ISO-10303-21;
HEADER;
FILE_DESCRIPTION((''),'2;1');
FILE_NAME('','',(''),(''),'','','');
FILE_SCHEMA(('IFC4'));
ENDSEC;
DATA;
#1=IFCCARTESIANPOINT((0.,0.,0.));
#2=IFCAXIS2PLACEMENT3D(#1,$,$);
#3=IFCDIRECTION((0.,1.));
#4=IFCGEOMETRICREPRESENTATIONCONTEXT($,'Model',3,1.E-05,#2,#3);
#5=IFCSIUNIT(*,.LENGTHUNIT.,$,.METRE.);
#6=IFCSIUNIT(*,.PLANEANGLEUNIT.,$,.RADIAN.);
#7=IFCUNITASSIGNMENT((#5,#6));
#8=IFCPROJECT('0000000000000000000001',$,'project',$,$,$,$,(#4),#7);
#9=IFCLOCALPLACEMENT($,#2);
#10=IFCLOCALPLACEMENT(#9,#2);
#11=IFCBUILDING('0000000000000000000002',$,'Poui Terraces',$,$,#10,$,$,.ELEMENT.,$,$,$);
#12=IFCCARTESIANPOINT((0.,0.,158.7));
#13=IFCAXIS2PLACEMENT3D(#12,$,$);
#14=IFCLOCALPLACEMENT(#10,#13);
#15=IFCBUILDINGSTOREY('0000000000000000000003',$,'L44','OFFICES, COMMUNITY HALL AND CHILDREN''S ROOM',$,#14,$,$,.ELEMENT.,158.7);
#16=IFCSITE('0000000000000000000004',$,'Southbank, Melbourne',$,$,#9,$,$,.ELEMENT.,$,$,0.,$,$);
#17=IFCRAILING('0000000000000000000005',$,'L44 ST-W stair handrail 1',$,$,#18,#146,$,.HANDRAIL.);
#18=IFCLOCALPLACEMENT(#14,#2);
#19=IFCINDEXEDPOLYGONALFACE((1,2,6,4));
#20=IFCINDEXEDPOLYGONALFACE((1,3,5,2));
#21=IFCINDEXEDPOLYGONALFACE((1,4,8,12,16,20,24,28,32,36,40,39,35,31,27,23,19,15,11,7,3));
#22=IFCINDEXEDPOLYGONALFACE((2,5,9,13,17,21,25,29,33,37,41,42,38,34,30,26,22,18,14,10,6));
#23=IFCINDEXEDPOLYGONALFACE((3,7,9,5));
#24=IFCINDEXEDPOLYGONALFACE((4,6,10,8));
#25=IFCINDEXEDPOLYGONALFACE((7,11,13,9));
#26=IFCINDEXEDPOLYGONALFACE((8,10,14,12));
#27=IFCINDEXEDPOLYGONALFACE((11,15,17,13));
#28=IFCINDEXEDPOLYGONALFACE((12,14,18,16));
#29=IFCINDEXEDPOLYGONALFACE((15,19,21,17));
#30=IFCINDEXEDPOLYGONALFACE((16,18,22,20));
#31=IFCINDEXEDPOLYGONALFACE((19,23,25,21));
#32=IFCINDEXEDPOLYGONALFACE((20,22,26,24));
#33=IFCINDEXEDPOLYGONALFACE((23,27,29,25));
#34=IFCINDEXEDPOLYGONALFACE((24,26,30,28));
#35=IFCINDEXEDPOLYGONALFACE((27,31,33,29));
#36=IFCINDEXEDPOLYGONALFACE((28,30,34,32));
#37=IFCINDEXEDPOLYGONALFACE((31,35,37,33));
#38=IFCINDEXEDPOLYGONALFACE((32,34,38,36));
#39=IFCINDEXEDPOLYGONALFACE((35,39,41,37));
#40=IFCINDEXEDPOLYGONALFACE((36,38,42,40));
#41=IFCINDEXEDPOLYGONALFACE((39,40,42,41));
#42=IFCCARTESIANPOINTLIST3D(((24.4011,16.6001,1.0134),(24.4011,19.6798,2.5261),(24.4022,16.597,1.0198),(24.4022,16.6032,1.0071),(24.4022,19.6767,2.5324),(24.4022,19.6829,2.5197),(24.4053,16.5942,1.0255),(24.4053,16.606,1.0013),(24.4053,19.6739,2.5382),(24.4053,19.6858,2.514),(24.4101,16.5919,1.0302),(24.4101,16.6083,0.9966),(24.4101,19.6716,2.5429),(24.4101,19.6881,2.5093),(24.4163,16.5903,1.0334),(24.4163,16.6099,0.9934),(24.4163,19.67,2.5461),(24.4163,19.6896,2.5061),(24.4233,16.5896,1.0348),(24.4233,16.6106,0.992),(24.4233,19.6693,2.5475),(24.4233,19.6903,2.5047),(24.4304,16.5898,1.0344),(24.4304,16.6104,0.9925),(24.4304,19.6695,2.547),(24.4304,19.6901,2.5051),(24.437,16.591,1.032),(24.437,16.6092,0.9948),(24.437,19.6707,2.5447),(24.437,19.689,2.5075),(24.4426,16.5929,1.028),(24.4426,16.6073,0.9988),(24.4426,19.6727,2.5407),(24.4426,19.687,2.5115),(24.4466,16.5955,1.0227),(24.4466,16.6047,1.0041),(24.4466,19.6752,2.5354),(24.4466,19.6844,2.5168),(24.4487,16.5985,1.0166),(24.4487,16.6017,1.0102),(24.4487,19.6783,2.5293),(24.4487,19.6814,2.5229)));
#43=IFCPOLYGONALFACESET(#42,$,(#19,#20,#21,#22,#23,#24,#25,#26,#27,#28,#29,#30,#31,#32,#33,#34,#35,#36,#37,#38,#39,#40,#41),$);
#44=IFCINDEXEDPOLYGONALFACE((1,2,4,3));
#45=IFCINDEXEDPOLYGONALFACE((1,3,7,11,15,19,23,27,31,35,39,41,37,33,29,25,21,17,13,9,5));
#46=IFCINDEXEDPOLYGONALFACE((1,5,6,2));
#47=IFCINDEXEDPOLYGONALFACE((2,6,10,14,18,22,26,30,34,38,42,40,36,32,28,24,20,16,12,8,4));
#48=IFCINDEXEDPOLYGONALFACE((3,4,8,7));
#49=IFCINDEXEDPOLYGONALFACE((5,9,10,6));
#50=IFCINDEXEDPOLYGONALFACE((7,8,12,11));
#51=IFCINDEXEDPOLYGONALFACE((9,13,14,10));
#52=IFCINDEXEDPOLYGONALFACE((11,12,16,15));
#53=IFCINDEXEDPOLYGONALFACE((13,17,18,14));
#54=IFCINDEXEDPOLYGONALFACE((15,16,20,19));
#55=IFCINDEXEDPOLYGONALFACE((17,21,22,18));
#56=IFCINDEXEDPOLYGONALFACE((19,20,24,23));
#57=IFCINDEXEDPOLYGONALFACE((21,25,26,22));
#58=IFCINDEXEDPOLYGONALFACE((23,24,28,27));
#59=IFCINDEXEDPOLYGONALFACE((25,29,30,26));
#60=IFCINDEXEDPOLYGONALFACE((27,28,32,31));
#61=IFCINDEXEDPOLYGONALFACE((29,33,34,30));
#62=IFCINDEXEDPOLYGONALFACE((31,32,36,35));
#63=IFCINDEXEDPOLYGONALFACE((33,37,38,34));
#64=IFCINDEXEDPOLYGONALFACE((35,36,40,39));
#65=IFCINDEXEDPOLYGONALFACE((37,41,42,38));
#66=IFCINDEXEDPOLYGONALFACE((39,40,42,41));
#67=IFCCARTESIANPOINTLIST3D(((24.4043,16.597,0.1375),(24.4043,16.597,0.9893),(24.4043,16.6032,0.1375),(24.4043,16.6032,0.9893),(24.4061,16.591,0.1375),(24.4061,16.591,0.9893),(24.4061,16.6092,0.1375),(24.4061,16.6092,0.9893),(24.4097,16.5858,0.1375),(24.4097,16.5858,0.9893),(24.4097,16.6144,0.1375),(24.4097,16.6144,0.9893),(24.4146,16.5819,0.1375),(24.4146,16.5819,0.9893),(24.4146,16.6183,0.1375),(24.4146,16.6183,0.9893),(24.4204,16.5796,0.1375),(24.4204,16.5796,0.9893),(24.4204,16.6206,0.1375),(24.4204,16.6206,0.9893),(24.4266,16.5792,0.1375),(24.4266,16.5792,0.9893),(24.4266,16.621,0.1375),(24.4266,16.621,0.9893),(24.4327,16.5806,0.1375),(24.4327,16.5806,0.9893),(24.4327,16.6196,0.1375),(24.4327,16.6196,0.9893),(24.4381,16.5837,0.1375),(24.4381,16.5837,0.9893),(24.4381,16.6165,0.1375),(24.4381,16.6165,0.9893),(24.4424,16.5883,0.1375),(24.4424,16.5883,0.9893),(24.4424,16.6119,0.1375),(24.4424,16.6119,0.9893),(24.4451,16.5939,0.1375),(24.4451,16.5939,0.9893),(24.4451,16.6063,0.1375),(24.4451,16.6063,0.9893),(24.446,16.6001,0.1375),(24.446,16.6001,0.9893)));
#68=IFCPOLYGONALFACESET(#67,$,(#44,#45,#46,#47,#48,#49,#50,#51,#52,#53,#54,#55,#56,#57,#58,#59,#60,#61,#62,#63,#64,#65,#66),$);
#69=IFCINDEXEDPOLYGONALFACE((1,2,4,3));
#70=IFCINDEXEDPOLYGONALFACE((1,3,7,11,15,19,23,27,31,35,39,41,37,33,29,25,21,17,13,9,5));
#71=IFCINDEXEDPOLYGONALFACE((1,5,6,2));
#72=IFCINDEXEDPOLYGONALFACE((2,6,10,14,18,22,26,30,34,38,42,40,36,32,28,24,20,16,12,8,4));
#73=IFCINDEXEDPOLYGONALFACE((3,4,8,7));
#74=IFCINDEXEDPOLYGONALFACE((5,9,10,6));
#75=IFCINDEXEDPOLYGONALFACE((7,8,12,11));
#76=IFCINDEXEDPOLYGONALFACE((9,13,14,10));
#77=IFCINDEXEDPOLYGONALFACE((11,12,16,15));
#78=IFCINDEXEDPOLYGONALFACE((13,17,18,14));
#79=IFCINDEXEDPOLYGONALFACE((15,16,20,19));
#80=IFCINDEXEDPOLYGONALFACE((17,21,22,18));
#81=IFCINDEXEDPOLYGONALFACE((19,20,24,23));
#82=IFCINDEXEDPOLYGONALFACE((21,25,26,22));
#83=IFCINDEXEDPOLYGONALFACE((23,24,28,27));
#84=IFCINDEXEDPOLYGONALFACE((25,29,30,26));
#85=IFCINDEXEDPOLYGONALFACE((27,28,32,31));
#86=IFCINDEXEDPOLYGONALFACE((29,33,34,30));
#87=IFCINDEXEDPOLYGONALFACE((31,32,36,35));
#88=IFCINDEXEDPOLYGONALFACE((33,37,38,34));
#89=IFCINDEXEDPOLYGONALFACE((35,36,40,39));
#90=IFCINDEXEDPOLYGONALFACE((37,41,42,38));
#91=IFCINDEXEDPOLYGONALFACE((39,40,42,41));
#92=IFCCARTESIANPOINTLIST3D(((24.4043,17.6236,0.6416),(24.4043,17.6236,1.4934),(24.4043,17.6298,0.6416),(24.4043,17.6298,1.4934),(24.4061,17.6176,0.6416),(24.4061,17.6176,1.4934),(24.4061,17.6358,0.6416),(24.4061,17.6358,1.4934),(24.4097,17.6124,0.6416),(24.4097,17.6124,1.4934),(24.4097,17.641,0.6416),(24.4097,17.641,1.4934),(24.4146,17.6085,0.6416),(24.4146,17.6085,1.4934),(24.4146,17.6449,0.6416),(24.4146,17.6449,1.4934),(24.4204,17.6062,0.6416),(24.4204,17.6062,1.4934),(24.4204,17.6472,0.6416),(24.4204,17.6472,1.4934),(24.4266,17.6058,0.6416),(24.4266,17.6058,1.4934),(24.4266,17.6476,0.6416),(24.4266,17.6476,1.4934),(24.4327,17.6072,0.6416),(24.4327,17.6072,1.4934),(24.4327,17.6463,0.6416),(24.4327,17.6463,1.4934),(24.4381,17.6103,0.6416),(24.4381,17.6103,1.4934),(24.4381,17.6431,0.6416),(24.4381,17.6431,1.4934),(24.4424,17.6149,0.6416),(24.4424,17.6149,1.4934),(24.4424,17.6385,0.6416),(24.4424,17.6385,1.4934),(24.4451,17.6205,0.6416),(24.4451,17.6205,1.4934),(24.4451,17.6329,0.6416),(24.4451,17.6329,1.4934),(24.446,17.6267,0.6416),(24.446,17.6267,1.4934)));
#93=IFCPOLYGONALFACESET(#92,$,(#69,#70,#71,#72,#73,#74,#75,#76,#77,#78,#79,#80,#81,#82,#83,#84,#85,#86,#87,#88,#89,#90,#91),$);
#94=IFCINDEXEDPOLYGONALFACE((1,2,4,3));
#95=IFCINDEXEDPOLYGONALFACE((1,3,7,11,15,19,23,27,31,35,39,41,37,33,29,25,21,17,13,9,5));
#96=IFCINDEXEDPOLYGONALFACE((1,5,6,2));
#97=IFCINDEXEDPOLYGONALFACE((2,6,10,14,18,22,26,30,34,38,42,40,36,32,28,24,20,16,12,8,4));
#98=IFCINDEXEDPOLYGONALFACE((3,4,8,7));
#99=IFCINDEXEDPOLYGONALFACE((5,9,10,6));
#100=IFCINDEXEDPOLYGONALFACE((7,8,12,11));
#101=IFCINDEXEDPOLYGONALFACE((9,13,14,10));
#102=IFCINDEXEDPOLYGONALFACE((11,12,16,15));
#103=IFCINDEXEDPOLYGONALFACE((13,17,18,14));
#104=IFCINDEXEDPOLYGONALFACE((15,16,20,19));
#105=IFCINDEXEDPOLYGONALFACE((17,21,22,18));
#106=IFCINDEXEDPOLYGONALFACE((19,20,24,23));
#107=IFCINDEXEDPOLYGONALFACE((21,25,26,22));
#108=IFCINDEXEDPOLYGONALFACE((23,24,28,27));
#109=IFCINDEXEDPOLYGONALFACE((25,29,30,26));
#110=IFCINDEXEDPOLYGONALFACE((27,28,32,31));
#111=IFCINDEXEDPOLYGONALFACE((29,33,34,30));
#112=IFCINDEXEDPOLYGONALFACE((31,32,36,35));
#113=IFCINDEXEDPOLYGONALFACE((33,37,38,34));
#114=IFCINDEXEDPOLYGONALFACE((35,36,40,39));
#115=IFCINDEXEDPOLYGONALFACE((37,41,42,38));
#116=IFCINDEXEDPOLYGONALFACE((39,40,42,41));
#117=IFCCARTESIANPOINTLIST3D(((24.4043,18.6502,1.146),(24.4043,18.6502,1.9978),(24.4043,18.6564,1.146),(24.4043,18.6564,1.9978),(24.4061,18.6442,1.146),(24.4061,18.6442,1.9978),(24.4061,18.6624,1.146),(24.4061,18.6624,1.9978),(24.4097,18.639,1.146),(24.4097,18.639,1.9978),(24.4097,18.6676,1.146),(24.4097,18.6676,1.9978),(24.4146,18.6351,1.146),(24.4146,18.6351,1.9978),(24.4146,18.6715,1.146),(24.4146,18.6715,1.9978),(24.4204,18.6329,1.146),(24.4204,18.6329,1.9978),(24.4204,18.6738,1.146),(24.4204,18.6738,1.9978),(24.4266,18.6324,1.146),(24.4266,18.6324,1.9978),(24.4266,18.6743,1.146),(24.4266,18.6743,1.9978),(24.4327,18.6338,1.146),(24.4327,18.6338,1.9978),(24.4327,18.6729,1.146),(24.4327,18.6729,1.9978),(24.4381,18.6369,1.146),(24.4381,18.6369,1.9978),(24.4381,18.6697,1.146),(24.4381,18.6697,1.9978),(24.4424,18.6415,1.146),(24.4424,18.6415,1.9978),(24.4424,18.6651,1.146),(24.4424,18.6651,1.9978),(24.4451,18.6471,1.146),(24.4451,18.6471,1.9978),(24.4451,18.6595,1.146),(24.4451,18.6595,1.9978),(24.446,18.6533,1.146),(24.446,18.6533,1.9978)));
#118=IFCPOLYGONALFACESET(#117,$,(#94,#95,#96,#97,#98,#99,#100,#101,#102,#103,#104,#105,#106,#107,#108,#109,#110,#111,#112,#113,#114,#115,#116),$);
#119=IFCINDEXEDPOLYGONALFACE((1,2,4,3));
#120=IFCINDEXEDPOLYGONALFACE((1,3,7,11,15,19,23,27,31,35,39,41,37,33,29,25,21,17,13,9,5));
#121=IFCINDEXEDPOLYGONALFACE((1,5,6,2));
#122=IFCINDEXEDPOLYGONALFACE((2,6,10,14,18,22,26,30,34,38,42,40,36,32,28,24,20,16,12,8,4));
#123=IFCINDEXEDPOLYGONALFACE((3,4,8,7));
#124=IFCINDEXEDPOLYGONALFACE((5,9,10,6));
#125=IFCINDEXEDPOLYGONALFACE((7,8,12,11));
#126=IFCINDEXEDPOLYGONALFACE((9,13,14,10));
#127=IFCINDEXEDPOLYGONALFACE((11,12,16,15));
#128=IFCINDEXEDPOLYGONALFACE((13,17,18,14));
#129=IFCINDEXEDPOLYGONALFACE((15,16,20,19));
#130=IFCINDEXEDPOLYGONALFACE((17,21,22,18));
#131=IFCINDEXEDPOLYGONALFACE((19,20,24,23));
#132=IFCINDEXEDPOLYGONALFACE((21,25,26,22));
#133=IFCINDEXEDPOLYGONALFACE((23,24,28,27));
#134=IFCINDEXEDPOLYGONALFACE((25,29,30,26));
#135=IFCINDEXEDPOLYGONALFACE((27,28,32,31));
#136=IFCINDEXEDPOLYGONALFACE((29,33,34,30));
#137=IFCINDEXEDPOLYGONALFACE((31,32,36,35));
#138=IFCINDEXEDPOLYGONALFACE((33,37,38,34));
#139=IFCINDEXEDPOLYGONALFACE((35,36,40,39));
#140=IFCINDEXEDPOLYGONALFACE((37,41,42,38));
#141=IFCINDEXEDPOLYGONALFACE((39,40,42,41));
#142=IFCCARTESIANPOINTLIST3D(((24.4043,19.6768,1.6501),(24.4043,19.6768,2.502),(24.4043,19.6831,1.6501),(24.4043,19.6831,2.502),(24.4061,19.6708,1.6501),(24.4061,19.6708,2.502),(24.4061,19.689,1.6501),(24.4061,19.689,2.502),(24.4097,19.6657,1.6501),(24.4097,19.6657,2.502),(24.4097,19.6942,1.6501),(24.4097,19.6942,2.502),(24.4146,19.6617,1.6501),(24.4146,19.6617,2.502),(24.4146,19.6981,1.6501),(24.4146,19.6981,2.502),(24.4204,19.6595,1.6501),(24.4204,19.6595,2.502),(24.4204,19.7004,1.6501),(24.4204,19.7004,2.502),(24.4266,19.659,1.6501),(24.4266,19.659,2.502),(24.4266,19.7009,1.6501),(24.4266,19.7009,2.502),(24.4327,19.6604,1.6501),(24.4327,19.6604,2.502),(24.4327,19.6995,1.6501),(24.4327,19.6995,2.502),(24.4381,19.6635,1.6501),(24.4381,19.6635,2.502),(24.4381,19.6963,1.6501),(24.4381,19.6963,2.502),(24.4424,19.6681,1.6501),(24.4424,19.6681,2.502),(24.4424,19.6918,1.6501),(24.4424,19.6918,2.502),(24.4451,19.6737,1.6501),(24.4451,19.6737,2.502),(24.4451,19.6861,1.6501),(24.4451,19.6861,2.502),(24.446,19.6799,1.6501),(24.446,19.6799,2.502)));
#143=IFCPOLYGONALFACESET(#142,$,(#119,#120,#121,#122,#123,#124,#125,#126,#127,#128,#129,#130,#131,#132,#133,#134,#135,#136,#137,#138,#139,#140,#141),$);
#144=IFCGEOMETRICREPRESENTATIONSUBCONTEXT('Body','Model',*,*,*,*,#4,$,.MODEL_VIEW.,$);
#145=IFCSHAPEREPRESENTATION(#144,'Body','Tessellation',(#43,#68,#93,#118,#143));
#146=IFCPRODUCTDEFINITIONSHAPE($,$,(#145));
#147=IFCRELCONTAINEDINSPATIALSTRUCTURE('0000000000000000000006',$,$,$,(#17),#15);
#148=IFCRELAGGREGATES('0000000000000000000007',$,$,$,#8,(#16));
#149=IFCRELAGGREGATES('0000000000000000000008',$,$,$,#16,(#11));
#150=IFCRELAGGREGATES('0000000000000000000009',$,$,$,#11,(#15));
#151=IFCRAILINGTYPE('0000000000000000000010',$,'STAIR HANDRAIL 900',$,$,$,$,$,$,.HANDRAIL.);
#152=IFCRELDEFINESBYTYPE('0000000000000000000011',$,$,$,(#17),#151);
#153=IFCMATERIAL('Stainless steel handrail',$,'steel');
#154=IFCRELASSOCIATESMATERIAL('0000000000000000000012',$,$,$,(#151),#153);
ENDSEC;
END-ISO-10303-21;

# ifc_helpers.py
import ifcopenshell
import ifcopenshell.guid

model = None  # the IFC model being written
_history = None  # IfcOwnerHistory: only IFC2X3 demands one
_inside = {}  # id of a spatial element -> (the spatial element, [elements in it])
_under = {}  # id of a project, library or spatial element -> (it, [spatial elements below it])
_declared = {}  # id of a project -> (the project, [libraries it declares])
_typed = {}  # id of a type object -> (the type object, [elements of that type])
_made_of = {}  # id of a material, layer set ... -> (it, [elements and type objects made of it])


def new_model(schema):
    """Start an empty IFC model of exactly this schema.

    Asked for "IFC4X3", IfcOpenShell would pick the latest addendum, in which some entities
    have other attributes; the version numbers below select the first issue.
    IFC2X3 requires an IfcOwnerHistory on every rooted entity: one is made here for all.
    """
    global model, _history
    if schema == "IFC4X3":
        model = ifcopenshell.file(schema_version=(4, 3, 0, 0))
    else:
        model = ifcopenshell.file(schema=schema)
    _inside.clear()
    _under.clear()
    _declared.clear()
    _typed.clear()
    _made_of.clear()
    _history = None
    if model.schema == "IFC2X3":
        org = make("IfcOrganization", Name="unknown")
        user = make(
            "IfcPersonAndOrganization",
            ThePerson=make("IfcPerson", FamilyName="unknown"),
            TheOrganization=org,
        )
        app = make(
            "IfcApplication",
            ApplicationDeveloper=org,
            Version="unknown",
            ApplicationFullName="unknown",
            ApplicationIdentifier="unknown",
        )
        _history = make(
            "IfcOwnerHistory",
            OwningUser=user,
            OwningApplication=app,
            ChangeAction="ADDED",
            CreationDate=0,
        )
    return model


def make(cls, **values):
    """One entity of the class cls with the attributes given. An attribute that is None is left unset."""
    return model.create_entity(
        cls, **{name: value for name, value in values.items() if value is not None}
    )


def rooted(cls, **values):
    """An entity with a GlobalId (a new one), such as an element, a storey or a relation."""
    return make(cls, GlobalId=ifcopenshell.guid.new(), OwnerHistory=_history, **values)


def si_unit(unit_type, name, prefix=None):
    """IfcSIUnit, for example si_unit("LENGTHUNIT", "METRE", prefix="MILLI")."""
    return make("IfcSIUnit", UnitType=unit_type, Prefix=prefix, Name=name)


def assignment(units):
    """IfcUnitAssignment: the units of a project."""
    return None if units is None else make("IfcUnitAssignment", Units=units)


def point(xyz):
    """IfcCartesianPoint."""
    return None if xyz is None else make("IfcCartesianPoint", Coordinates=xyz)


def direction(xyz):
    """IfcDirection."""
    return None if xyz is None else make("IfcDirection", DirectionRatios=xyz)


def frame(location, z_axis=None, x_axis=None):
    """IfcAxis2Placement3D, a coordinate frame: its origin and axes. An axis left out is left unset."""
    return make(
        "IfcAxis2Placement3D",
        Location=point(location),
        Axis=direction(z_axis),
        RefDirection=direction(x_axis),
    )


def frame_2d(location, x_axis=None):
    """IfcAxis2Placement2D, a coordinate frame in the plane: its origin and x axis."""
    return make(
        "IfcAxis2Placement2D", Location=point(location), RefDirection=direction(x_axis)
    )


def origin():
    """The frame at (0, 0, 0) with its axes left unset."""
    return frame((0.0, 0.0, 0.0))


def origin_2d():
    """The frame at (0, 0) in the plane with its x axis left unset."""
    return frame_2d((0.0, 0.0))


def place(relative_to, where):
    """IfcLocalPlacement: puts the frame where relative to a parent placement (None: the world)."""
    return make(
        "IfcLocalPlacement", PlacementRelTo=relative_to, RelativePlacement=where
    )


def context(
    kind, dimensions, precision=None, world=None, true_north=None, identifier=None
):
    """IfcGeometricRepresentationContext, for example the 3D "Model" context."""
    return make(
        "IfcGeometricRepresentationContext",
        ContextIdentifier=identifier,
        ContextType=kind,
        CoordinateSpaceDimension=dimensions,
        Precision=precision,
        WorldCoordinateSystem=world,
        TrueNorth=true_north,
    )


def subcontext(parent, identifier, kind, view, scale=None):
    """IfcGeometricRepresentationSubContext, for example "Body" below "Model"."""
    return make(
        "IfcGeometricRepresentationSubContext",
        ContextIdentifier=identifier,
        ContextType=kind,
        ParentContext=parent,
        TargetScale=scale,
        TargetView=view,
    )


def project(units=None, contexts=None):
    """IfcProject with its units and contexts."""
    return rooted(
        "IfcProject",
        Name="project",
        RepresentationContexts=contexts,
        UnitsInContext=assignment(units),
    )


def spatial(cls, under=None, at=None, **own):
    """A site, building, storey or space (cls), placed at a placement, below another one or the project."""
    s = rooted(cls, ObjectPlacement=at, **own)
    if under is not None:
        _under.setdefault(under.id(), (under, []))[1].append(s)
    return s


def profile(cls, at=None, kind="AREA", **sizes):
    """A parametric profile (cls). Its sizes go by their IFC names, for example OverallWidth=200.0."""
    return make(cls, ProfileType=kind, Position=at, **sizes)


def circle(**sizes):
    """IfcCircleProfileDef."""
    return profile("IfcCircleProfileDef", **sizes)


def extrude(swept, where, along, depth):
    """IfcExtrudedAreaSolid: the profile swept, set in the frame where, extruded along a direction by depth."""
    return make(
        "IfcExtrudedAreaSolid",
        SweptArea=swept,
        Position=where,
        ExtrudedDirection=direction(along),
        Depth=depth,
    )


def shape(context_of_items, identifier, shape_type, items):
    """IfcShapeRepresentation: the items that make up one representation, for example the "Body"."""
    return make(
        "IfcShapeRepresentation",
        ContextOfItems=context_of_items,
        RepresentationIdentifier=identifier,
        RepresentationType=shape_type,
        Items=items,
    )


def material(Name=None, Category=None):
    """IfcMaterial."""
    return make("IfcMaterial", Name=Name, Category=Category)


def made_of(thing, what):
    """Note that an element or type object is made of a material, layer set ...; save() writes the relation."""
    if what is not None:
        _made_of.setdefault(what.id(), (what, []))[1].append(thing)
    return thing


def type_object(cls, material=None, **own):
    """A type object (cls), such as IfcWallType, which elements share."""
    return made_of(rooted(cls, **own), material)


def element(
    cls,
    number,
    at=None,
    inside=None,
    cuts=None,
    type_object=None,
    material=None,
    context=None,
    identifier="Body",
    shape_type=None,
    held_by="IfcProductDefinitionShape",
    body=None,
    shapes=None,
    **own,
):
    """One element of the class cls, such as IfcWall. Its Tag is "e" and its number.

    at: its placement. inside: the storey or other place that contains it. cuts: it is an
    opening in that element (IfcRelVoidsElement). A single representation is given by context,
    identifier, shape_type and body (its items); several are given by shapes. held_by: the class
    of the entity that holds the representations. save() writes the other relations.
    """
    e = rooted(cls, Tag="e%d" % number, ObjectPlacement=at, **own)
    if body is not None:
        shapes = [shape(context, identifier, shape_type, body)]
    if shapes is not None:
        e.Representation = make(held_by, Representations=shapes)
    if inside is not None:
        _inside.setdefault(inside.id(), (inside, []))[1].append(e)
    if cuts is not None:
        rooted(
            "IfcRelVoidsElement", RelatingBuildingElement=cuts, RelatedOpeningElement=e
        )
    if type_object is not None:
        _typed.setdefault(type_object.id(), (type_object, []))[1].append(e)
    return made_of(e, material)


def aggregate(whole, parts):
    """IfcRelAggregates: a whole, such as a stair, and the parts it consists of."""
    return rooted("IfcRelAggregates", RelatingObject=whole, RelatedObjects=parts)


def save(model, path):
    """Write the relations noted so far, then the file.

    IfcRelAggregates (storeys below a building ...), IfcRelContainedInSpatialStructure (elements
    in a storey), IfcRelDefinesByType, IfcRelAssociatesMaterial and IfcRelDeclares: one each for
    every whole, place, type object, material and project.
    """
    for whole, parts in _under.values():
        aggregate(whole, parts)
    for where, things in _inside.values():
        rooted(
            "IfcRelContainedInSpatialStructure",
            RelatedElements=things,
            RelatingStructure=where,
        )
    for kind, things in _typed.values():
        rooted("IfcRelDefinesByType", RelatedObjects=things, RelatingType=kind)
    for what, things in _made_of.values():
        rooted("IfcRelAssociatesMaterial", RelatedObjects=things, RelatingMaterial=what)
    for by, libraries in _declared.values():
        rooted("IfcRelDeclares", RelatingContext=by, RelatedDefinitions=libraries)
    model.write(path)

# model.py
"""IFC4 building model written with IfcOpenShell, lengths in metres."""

from ifc_helpers import new_model, si_unit, direction, frame, origin, origin_2d, place, context, subcontext, project, spatial, circle, extrude, material, type_object, element, save


model = new_model("IFC4")

# Units and contexts
model_context = context("Model", 3, precision=1e-05, world=origin(), true_north=direction((0.0, 1.0)))
body_context = subcontext(model_context, "Body", "Model", "MODEL_VIEW")
ifc_project = project(units=[si_unit("LENGTHUNIT", "METRE"), si_unit("PLANEANGLEUNIT", "RADIAN")], contexts=[model_context])

# Site, building, storey
site_placement = place(None, origin())
site = spatial("IfcSite", under=ifc_project, at=site_placement, Name="Southbank, Melbourne", CompositionType="ELEMENT", RefElevation=0.0)
building_placement = place(site_placement, origin())
building = spatial("IfcBuilding", under=site, at=building_placement, Name="Poui Terraces", CompositionType="ELEMENT")
storey_placement = place(building_placement, frame((0.0, 0.0, 158.7)))
storey = spatial("IfcBuildingStorey", under=building, at=storey_placement, Name="L44", Description="OFFICES, COMMUNITY HALL AND CHILDREN'S ROOM", CompositionType="ELEMENT", Elevation=158.7)

# Railing
ifc_material_1 = material(Name="Stainless steel handrail", Category="steel")
railing_type_1 = type_object("IfcRailingType", Name="STAIR HANDRAIL 900", PredefinedType="HANDRAIL", material=ifc_material_1)
railing_1_placement = place(storey_placement, frame((24.425, 16.6001, 0.1375)))
element("IfcRailing", 1, at=railing_1_placement, inside=storey, type_object=railing_type_1, Name="L44 ST-W stair handrail 1", PredefinedType="HANDRAIL", context=body_context, shape_type="SweptSolid", body=[
    extrude(circle(Radius=0.0239, at=origin_2d()), frame((0.0, 0.0, 0.876), z_axis=(0.0, 0.897578, 0.440856), x_axis=(-1.0, 0.0, 0.0)), (0.0, 0.0, 1.0), 3.4312),
    extrude(circle(Radius=0.021, at=origin_2d()), origin(), (0.0, 0.0, 1.0), 0.8518),
    extrude(circle(Radius=0.021, at=origin_2d()), frame((0.0, 1.0266, 0.5042)), (0.0, 0.0, 1.0), 0.8518),
    extrude(circle(Radius=0.021, at=origin_2d()), frame((0.0, 2.0532, 1.0085)), (0.0, 0.0, 1.0), 0.8518),
    extrude(circle(Radius=0.021, at=origin_2d()), frame((0.0, 3.0798, 1.5127)), (0.0, 0.0, 1.0), 0.8518),
])

save(model, "model.ifc")
